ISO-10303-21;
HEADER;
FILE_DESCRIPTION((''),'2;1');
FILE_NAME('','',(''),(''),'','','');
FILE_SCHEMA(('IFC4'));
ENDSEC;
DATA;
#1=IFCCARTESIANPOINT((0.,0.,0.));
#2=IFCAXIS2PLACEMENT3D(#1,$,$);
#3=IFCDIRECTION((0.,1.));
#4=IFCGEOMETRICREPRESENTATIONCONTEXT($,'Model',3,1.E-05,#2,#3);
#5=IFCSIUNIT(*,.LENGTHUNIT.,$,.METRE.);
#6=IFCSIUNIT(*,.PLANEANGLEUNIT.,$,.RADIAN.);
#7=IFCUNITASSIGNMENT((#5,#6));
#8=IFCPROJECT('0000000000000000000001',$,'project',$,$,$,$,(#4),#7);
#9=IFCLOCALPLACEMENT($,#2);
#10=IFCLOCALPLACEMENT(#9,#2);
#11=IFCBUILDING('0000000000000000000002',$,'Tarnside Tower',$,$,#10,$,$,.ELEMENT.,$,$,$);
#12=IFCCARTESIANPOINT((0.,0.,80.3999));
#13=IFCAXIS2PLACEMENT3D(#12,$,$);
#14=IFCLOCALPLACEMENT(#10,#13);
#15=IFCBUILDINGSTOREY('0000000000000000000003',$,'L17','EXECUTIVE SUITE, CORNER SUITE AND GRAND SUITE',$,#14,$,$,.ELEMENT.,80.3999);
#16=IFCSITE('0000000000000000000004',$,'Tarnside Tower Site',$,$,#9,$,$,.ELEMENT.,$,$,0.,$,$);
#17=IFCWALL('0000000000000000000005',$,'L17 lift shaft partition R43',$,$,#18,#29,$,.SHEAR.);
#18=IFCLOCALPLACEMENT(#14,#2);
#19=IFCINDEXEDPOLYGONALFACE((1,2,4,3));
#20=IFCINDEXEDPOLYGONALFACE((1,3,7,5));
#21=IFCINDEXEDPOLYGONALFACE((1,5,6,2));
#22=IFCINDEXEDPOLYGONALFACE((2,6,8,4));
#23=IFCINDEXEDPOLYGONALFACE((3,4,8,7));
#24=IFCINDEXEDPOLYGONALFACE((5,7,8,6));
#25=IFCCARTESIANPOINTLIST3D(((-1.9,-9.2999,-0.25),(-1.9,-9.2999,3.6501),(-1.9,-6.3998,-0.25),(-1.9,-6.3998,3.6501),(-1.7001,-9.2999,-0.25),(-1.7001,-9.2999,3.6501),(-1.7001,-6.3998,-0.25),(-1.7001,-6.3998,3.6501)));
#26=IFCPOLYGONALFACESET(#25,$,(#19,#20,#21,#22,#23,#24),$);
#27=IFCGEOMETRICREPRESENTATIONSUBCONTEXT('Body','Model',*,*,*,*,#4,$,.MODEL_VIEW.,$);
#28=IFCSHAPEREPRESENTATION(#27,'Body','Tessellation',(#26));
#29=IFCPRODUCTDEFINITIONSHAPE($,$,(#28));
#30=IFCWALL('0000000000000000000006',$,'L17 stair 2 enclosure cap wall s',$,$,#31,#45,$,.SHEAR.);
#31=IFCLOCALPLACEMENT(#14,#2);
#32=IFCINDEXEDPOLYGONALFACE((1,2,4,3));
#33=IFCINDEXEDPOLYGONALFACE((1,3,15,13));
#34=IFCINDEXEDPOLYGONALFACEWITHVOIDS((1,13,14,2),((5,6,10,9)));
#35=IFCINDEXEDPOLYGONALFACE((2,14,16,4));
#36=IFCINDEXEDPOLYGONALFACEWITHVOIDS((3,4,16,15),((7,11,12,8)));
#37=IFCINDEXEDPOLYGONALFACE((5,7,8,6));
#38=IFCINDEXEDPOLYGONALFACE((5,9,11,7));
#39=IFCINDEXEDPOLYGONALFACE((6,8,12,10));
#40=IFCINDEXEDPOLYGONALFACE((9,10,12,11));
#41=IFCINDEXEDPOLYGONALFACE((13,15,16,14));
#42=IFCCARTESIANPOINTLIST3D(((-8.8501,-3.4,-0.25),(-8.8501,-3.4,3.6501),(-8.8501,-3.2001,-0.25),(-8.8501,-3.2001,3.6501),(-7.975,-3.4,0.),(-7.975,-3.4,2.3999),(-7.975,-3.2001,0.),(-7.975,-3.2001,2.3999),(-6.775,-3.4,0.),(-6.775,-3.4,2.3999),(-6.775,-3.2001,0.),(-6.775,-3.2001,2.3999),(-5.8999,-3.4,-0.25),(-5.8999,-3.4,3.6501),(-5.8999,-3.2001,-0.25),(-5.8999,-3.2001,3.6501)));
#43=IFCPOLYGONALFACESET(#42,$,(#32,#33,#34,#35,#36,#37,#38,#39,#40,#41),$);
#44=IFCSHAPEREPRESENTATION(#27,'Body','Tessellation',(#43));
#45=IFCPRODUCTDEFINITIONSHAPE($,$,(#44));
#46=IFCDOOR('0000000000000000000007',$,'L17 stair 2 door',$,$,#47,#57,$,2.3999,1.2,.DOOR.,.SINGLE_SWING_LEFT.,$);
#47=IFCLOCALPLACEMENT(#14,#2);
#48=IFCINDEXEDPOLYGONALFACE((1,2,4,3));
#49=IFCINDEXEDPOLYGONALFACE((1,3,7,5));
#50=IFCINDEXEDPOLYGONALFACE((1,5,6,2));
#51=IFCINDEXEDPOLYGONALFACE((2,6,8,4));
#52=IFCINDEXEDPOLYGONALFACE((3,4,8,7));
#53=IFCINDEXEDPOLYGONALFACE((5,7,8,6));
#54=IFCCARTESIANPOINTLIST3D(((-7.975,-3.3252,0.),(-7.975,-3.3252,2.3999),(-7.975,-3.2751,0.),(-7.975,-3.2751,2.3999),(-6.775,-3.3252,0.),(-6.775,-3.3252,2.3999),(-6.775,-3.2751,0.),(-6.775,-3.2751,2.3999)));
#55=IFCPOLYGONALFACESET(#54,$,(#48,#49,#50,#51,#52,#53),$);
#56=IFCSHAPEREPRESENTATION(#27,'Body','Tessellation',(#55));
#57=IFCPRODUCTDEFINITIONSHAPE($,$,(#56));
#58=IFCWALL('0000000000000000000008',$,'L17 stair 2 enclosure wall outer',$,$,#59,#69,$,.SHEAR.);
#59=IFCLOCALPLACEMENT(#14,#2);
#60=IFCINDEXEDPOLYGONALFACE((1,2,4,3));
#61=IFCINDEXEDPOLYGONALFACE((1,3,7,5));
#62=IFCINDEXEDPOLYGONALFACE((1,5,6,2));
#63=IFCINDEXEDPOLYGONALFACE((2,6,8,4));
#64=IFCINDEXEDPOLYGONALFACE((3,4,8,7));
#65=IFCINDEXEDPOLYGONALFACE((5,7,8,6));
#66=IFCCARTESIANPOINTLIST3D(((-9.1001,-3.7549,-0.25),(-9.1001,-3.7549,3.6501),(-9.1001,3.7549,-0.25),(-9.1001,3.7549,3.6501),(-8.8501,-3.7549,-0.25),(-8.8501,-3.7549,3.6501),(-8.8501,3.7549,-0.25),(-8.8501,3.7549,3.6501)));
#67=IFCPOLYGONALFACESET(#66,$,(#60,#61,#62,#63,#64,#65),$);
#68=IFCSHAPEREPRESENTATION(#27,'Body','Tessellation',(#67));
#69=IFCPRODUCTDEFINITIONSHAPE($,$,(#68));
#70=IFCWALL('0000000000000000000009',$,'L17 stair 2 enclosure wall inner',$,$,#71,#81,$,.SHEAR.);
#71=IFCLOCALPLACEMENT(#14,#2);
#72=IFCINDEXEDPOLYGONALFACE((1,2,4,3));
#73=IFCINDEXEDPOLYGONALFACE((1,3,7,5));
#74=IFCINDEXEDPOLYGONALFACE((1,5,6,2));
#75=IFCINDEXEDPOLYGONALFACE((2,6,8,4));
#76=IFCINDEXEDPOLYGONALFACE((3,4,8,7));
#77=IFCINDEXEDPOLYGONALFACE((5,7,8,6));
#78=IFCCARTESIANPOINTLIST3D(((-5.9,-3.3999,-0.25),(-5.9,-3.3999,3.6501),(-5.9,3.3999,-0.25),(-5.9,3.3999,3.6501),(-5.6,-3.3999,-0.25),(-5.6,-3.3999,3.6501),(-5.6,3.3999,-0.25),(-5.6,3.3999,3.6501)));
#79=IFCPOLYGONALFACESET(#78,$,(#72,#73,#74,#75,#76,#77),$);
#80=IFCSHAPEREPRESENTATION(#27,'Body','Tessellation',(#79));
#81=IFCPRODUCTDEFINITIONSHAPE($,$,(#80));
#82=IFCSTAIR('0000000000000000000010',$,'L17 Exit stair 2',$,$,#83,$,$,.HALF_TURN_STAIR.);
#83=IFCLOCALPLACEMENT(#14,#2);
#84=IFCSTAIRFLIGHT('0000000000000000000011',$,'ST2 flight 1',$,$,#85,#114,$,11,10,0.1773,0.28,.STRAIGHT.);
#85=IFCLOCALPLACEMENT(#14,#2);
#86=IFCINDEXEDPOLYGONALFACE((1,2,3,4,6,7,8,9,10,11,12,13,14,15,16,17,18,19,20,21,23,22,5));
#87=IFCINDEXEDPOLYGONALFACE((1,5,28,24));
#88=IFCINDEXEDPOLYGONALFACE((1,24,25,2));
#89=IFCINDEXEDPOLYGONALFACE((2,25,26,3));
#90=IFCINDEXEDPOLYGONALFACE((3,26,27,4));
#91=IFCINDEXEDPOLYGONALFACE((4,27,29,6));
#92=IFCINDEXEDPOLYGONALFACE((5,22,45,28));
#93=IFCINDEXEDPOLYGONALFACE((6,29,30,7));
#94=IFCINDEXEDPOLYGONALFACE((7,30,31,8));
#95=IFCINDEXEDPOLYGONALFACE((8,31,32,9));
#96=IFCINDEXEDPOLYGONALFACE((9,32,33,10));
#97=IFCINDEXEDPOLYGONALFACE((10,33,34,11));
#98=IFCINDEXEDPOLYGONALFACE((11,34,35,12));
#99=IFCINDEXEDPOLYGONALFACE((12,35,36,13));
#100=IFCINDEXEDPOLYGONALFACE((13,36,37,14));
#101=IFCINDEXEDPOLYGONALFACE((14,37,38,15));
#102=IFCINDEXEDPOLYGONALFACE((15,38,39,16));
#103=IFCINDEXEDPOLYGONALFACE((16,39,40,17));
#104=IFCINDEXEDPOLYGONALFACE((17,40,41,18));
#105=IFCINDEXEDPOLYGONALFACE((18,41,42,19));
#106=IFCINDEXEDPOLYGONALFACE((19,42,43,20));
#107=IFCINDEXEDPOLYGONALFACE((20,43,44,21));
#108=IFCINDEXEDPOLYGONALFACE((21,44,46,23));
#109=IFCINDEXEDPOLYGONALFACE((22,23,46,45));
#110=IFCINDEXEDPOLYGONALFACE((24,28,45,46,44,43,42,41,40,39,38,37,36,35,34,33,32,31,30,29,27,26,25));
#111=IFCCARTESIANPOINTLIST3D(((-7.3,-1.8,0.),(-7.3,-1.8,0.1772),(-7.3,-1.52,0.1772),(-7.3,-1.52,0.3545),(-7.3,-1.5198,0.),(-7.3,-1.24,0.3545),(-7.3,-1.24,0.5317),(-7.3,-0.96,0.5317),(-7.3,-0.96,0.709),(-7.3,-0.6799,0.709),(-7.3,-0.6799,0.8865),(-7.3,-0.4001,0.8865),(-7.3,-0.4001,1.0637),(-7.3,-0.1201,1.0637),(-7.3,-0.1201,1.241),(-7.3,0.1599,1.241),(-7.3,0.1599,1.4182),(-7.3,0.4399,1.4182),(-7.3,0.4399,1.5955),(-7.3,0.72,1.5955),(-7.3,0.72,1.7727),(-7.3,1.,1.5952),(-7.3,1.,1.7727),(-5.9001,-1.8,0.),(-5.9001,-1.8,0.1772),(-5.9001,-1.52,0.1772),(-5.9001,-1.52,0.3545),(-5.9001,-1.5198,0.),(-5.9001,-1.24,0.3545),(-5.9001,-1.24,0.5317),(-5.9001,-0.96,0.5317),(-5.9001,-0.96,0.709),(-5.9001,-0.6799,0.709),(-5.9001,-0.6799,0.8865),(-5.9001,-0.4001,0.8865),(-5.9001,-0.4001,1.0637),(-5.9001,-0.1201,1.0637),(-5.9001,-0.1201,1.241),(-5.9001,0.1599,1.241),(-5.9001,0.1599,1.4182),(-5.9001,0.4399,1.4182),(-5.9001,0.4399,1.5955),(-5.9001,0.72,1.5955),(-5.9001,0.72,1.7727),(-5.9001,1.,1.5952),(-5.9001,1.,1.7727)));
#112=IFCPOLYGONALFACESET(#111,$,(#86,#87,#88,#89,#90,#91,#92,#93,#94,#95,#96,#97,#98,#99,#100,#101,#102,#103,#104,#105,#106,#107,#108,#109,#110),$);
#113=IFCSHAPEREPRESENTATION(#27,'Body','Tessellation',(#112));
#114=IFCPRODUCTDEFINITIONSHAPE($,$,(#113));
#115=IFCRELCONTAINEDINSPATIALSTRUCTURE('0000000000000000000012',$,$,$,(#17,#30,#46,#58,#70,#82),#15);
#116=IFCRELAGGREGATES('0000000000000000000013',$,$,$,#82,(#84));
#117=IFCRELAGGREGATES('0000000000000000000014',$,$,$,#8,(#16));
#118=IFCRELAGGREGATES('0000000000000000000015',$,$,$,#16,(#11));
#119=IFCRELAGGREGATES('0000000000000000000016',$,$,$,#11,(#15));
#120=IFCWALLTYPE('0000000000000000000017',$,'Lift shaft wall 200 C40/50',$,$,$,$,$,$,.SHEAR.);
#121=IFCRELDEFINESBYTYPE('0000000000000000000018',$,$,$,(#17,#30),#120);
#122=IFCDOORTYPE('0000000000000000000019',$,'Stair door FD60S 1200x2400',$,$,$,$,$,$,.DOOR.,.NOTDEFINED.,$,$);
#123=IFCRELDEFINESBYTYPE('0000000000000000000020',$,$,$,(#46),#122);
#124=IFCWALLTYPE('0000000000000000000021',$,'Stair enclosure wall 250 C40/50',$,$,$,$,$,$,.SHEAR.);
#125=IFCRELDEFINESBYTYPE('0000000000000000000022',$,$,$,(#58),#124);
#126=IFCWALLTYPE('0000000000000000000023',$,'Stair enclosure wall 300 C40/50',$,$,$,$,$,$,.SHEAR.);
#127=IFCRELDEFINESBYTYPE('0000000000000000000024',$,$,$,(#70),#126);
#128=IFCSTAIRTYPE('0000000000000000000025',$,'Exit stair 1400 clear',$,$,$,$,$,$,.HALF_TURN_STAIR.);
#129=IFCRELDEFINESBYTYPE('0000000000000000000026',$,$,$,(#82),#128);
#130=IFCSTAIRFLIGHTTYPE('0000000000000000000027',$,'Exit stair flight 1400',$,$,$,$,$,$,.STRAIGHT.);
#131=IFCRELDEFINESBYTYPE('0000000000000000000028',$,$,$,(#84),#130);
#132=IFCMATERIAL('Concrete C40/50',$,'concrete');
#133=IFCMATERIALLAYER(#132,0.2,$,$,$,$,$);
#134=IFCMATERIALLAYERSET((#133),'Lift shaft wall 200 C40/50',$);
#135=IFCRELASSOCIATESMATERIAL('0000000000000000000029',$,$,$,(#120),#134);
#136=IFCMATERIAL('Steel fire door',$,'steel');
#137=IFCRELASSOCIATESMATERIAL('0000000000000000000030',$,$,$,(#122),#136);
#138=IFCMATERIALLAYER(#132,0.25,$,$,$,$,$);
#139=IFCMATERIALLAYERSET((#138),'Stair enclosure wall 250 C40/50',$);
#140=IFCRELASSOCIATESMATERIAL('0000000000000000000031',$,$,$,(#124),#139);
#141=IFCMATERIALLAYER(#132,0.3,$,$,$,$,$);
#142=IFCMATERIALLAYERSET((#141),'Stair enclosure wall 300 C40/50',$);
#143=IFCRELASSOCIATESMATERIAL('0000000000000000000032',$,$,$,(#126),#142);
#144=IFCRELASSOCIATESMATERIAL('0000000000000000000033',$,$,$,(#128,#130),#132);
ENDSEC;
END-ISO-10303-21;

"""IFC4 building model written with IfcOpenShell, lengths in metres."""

from ifc_helpers import new_model, si_unit, direction, frame, frame_2d, origin, place, context, subcontext, project, spatial, polyline, rectangle, outline, extrude, material, layer, layer_set, type_object, element, fill, aggregate, save


model = new_model("IFC4")

# Units and contexts
model_context = context("Model", 3, precision=1e-05, world=origin(), true_north=direction((0.0, 1.0)))
body_context = subcontext(model_context, "Body", "Model", "MODEL_VIEW")
ifc_project = project(units=[si_unit("LENGTHUNIT", "METRE"), si_unit("PLANEANGLEUNIT", "RADIAN")], contexts=[model_context])

# Site, building, storey
site_placement = place(None, origin())
site = spatial("IfcSite", under=ifc_project, at=site_placement, Name="Tarnside Tower Site", CompositionType="ELEMENT", RefElevation=0.0)
building_placement = place(site_placement, origin())
building = spatial("IfcBuilding", under=site, at=building_placement, Name="Tarnside Tower", CompositionType="ELEMENT")
storey_placement = place(building_placement, frame((0.0, 0.0, 80.3999)))
storey = spatial("IfcBuildingStorey", under=building, at=storey_placement, Name="L17", Description="EXECUTIVE SUITE, CORNER SUITE AND GRAND SUITE", CompositionType="ELEMENT", Elevation=80.3999)

# Shared definitions
ifc_material_1 = material(Name="Concrete C40/50", Category="concrete")
ifc_layer_1 = layer(ifc_material_1, 0.2)
ifc_layer_set_1 = layer_set([ifc_layer_1], Name="Lift shaft wall 200 C40/50")
wall_type_1 = type_object("IfcWallType", Name="Lift shaft wall 200 C40/50", PredefinedType="SHEAR", material=ifc_layer_set_1)

# Wall
for number, where, z_axis, x_axis, name in (
    (1, (-1.8, -9.3, -0.25), (0.0, 0.0, 1.0), (0.0, 1.0, 0.0), "L17 lift shaft partition R43"),
):
    element("IfcWall", number, at=place(storey_placement, frame(where, z_axis=z_axis, x_axis=x_axis)), inside=storey, type_object=wall_type_1, Name=name, PredefinedType="SHEAR", context=body_context, shape_type="SweptSolid", body=[
        extrude(rectangle(XDim=2.9001, YDim=0.2, at=frame_2d((1.4502, 0.0))), origin(), (0.0, 0.0, 1.0), 3.9001),
    ])

# Wall, opening, door
wall_1_placement = place(storey_placement, frame((-8.8501, -3.3, -0.25), z_axis=(0.0, 0.0, 1.0), x_axis=(1.0, 0.0, 0.0)))
wall_1 = element("IfcWall", 2, at=wall_1_placement, inside=storey, type_object=wall_type_1, Name="L17 stair 2 enclosure cap wall s", PredefinedType="SHEAR", context=body_context, shape_type="SweptSolid", body=[
    extrude(rectangle(XDim=2.9502, YDim=0.2, at=frame_2d((1.4751, 0.0))), origin(), (0.0, 0.0, 1.0), 3.9001),
])
opening_1_placement = place(wall_1_placement, frame((0.875, 0.0, 0.25)))
opening_1 = element("IfcOpeningElement", 3, at=opening_1_placement, cuts=wall_1, PredefinedType="OPENING", context=body_context, shape_type="SweptSolid", body=[
    extrude(rectangle(XDim=1.2, YDim=2.3999, at=frame_2d((0.6001, 1.2))), frame((0.0, 0.1099, 0.0), z_axis=(0.0, -1.0, 0.0), x_axis=(1.0, 0.0, 0.0)), (0.0, 0.0, 1.0), 0.22),
])
ifc_material_2 = material(Name="Steel fire door", Category="steel")
door_type_1 = type_object("IfcDoorType", Name="Stair door FD60S 1200x2400", OperationType="NOTDEFINED", PredefinedType="DOOR", material=ifc_material_2)
door_1_placement = place(opening_1_placement, origin())
door_1 = element("IfcDoor", 4, at=door_1_placement, inside=storey, type_object=door_type_1, Name="L17 stair 2 door", OperationType="SINGLE_SWING_LEFT", OverallHeight=2.3999, OverallWidth=1.2, PredefinedType="DOOR", context=body_context, shape_type="SweptSolid", body=[
    extrude(rectangle(XDim=1.2, YDim=2.3999, at=frame_2d((0.6001, 1.2))), frame((0.0, 0.0249, 0.0), z_axis=(0.0, -1.0, 0.0), x_axis=(1.0, 0.0, 0.0)), (0.0, 0.0, 1.0), 0.05),
])
fill(opening_1, door_1)

# Walls
ifc_layer_2 = layer(ifc_material_1, 0.25)
ifc_layer_set_2 = layer_set([ifc_layer_2], Name="Stair enclosure wall 250 C40/50")
wall_type_2 = type_object("IfcWallType", Name="Stair enclosure wall 250 C40/50", PredefinedType="SHEAR", material=ifc_layer_set_2)
wall_2_placement = place(storey_placement, frame((-8.9751, -3.7549, -0.25), z_axis=(0.0, 0.0, 1.0), x_axis=(0.0, 1.0, 0.0)))
element("IfcWall", 5, at=wall_2_placement, inside=storey, type_object=wall_type_2, Name="L17 stair 2 enclosure wall outer", PredefinedType="SHEAR", context=body_context, shape_type="SweptSolid", body=[
    extrude(rectangle(XDim=7.5098, YDim=0.25, at=frame_2d((3.7549, 0.0))), origin(), (0.0, 0.0, 1.0), 3.9001),
])
ifc_layer_3 = layer(ifc_material_1, 0.3)
ifc_layer_set_3 = layer_set([ifc_layer_3], Name="Stair enclosure wall 300 C40/50")
wall_type_3 = type_object("IfcWallType", Name="Stair enclosure wall 300 C40/50", PredefinedType="SHEAR", material=ifc_layer_set_3)
wall_3_placement = place(storey_placement, frame((-5.75, -3.3999, -0.25), z_axis=(0.0, 0.0, 1.0), x_axis=(0.0, 1.0, 0.0)))
element("IfcWall", 6, at=wall_3_placement, inside=storey, type_object=wall_type_3, Name="L17 stair 2 enclosure wall inner", PredefinedType="SHEAR", context=body_context, shape_type="SweptSolid", body=[
    extrude(rectangle(XDim=6.7998, YDim=0.3, at=frame_2d((3.3999, 0.0))), origin(), (0.0, 0.0, 1.0), 3.9001),
])

# Stair, stair flight
stair_type = type_object("IfcStairType", Name="Exit stair 1400 clear", PredefinedType="HALF_TURN_STAIR", material=ifc_material_1)
stair_placement = place(storey_placement, origin())
stair = element("IfcStair", 7, at=stair_placement, inside=storey, type_object=stair_type, Name="L17 Exit stair 2", PredefinedType="HALF_TURN_STAIR")
stair_flight_type = type_object("IfcStairFlightType", Name="Exit stair flight 1400", PredefinedType="STRAIGHT", material=ifc_material_1)
stair_flight_placement = place(storey_placement, frame((-6.6001, -1.8, 0.0), z_axis=(0.0, 0.0, 1.0), x_axis=(0.0, 1.0, 0.0)))
stair_flight = element("IfcStairFlight", 8, at=stair_flight_placement, type_object=stair_flight_type, Name="ST2 flight 1", NumberOfRisers=11, NumberOfTreads=10, PredefinedType="STRAIGHT", RiserHeight=0.1773, TreadLength=0.28, context=body_context, shape_type="SweptSolid", body=[
    extrude(outline(polyline([(0.0, 0.0), (0.0, 0.1772), (0.28, 0.1772), (0.28, 0.3545), (0.5601, 0.3545), (0.5601, 0.5317), (0.8401, 0.5317), (0.8401, 0.709), (1.1201, 0.709), (1.1201, 0.8865), (1.3999, 0.8865), (1.3999, 1.0637), (1.6799, 1.0637), (1.6799, 1.241), (1.96, 1.241), (1.96, 1.4182), (2.24, 1.4182), (2.24, 1.5955), (2.52, 1.5955), (2.52, 1.7727), (2.8, 1.7727), (2.8, 1.95), (2.8, 1.5952), (0.2803, 0.0), (0.0, 0.0)])), frame((0.0, 0.7, 0.0), z_axis=(0.0, -1.0, 0.0), x_axis=(1.0, 0.0, 0.0)), (0.0, 0.0, 1.0), 1.3999),
])
aggregate(stair, [stair_flight])

save(model, "model.ifc")
